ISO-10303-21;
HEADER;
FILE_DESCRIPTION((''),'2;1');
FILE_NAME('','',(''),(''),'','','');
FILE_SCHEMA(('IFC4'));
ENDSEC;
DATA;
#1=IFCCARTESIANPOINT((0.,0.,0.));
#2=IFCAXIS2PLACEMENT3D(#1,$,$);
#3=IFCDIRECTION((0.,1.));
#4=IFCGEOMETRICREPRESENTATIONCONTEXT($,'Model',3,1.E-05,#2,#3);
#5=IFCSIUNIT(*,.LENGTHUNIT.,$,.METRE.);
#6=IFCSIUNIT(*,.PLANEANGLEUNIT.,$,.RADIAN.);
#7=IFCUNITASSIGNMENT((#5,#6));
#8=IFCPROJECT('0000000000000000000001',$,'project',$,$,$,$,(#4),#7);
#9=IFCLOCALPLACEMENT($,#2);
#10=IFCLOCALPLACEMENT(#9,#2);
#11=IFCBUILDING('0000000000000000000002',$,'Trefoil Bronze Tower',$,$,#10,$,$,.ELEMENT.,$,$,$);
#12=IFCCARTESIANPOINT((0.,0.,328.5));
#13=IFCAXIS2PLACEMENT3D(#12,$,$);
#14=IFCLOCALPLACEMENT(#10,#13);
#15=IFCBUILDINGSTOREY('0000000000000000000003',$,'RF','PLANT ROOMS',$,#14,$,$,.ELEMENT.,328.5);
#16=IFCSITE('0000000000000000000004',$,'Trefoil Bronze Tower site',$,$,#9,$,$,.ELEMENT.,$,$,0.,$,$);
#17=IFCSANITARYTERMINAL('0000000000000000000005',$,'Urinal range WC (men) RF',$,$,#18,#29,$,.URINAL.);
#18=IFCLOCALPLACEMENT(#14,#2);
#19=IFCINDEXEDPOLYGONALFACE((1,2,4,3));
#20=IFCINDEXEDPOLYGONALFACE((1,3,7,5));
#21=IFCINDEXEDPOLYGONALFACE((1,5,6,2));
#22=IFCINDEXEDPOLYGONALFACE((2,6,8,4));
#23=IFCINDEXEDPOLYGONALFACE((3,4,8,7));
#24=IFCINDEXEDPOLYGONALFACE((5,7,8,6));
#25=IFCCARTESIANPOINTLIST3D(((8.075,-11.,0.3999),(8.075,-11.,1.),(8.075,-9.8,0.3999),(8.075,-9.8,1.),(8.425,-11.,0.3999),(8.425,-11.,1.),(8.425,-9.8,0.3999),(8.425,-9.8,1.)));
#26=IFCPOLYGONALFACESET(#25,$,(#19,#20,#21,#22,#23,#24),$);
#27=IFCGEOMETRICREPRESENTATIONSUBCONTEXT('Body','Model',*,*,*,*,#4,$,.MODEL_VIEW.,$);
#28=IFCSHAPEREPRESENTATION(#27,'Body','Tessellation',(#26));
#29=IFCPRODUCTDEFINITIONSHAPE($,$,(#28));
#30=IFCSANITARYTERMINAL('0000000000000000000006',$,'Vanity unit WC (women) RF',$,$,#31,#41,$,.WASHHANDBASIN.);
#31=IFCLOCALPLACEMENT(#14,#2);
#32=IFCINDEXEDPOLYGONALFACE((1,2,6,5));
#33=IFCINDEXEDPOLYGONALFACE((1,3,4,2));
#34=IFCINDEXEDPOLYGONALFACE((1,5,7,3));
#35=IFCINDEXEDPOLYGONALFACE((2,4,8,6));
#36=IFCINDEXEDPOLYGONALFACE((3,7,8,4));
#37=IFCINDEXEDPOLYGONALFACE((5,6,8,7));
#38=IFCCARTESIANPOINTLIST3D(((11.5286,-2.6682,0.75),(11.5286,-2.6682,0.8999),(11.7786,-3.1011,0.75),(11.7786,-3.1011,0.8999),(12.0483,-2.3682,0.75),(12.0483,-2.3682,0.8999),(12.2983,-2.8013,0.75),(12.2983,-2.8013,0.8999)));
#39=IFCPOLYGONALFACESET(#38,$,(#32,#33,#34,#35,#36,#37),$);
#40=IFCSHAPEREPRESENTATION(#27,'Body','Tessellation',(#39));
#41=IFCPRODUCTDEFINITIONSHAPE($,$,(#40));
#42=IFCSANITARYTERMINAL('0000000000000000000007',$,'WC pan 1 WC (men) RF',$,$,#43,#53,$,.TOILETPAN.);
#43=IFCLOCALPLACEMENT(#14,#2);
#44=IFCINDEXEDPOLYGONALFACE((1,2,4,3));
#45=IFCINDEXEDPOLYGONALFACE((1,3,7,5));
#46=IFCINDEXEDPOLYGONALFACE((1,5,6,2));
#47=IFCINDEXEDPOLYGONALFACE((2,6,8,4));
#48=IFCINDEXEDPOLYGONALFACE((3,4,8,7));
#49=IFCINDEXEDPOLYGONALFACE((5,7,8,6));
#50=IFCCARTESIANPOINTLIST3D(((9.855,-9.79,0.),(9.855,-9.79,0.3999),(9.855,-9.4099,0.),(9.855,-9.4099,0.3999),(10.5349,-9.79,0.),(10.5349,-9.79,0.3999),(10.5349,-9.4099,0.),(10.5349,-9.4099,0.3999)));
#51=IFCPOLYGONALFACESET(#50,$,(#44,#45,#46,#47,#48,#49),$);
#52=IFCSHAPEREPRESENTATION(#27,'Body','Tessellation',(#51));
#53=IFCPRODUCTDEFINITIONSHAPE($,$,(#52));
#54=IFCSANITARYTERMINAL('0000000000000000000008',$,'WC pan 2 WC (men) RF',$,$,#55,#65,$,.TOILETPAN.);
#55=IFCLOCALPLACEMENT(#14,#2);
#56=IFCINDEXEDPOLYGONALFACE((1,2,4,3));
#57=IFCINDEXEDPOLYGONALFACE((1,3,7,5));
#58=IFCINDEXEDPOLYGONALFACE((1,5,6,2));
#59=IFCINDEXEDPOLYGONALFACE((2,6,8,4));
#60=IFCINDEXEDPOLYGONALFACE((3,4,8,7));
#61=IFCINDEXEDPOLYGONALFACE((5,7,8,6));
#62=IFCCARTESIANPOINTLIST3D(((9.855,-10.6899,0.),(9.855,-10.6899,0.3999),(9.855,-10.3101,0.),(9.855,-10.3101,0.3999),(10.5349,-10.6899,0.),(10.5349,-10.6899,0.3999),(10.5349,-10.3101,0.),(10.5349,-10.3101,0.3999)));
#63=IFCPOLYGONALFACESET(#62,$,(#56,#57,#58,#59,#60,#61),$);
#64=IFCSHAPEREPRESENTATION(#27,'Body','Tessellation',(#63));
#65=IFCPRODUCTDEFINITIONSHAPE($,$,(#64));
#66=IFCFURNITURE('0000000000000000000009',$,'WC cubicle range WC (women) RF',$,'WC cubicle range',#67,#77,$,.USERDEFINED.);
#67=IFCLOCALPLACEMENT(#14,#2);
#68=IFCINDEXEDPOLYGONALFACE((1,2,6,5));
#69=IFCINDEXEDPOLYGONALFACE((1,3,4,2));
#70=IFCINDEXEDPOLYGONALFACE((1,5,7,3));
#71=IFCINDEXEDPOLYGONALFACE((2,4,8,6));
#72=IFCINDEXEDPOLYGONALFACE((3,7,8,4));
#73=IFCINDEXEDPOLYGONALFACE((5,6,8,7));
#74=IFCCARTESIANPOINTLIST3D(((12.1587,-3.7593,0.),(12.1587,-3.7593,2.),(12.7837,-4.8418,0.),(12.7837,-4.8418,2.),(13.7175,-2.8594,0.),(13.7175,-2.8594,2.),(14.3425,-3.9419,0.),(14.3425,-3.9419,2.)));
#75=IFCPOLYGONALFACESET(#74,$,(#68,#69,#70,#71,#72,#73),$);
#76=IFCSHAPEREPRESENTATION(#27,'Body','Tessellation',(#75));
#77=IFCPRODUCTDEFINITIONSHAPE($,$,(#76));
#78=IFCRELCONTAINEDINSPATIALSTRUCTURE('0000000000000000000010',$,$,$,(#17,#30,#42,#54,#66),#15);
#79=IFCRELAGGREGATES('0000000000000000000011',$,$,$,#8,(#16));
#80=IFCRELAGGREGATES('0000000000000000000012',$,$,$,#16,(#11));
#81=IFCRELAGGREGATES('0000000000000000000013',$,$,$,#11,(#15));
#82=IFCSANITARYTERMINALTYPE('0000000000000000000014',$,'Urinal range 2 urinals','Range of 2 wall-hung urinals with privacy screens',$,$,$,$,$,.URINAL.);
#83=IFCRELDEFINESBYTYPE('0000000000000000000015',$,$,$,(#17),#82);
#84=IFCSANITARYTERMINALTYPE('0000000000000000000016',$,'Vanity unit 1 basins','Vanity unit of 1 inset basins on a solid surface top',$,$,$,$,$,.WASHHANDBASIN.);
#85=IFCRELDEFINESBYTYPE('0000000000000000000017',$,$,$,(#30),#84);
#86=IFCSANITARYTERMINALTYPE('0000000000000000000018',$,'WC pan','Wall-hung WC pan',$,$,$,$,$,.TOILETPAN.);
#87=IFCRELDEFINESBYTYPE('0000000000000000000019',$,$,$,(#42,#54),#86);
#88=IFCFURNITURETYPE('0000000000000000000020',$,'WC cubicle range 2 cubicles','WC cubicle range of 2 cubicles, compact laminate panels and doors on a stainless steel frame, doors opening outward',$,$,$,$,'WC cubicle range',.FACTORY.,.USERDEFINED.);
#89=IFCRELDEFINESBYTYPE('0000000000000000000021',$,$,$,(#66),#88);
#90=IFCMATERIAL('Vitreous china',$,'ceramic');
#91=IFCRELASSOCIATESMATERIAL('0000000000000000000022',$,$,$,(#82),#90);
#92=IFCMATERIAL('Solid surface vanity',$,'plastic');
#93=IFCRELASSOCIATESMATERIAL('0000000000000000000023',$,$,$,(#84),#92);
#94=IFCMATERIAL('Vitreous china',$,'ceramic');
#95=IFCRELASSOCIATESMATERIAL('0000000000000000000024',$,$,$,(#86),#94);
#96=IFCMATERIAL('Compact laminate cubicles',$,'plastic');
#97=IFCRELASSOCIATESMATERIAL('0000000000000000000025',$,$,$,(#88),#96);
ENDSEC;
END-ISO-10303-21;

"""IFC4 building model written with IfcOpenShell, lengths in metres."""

from ifc_helpers import new_model, si_unit, direction, frame, origin, place, context, subcontext, project, spatial, polyline, outline, extrude, material, type_object, element, save


model = new_model("IFC4")

# Units and contexts
model_context = context("Model", 3, precision=1e-05, world=origin(), true_north=direction((0.0, 1.0)))
body_context = subcontext(model_context, "Body", "Model", "MODEL_VIEW")
ifc_project = project(units=[si_unit("LENGTHUNIT", "METRE"), si_unit("PLANEANGLEUNIT", "RADIAN")], contexts=[model_context])

# Site, building, storey
site_placement = place(None, origin())
site = spatial("IfcSite", under=ifc_project, at=site_placement, Name="Trefoil Bronze Tower site", CompositionType="ELEMENT", RefElevation=0.0)
building_placement = place(site_placement, origin())
building = spatial("IfcBuilding", under=site, at=building_placement, Name="Trefoil Bronze Tower", CompositionType="ELEMENT")
storey_placement = place(building_placement, frame((0.0, 0.0, 328.5)))
storey = spatial("IfcBuildingStorey", under=building, at=storey_placement, Name="RF", Description="PLANT ROOMS", CompositionType="ELEMENT", Elevation=328.5)

# Sanitary terminals
ifc_material_1 = material(Name="Vitreous china", Category="ceramic")
sanitary_terminal_type_1 = type_object("IfcSanitaryTerminalType", Name="Urinal range 2 urinals", Description="Range of 2 wall-hung urinals with privacy screens", PredefinedType="URINAL", material=ifc_material_1)
sanitary_terminal_1_placement = place(storey_placement, frame((0.0, 0.0, 0.3999)))
element("IfcSanitaryTerminal", 1, at=sanitary_terminal_1_placement, inside=storey, type_object=sanitary_terminal_type_1, Name="Urinal range WC (men) RF", PredefinedType="URINAL", context=body_context, shape_type="SweptSolid", body=[
    extrude(outline(polyline([(8.075, -9.8), (8.425, -9.8), (8.425, -11.0), (8.075, -11.0), (8.075, -9.8)])), origin(), (0.0, 0.0, 1.0), 0.6001),
])
ifc_material_2 = material(Name="Solid surface vanity", Category="plastic")
sanitary_terminal_type_2 = type_object("IfcSanitaryTerminalType", Name="Vanity unit 1 basins", Description="Vanity unit of 1 inset basins on a solid surface top", PredefinedType="WASHHANDBASIN", material=ifc_material_2)
sanitary_terminal_2_placement = place(storey_placement, frame((0.0, 0.0, 0.75)))
element("IfcSanitaryTerminal", 2, at=sanitary_terminal_2_placement, inside=storey, type_object=sanitary_terminal_type_2, Name="Vanity unit WC (women) RF", PredefinedType="WASHHANDBASIN", context=body_context, shape_type="SweptSolid", body=[
    extrude(outline(polyline([(11.5286, -2.6682), (11.7786, -3.1011), (12.2983, -2.8013), (12.0483, -2.3682), (11.5286, -2.6682)])), origin(), (0.0, 0.0, 1.0), 0.1499),
])
ifc_material_3 = material(Name="Vitreous china", Category="ceramic")
sanitary_terminal_type_3 = type_object("IfcSanitaryTerminalType", Name="WC pan", Description="Wall-hung WC pan", PredefinedType="TOILETPAN", material=ifc_material_3)
sanitary_terminal_3_placement = place(storey_placement, origin())
element("IfcSanitaryTerminal", 3, at=sanitary_terminal_3_placement, inside=storey, type_object=sanitary_terminal_type_3, Name="WC pan 1 WC (men) RF", PredefinedType="TOILETPAN", context=body_context, shape_type="SweptSolid", body=[
    extrude(outline(polyline([(9.855, -9.4099), (10.5349, -9.4099), (10.5349, -9.79), (9.855, -9.79), (9.855, -9.4099)])), origin(), (0.0, 0.0, 1.0), 0.3999),
])
sanitary_terminal_4_placement = place(storey_placement, origin())
element("IfcSanitaryTerminal", 4, at=sanitary_terminal_4_placement, inside=storey, type_object=sanitary_terminal_type_3, Name="WC pan 2 WC (men) RF", PredefinedType="TOILETPAN", context=body_context, shape_type="SweptSolid", body=[
    extrude(outline(polyline([(9.855, -10.3101), (10.5349, -10.3101), (10.5349, -10.6899), (9.855, -10.6899), (9.855, -10.3101)])), origin(), (0.0, 0.0, 1.0), 0.3999),
])

# Furniture
ifc_material_4 = material(Name="Compact laminate cubicles", Category="plastic")
furniture_type = type_object("IfcFurnitureType", Name="WC cubicle range 2 cubicles", Description="WC cubicle range of 2 cubicles, compact laminate panels and doors on a stainless steel frame, doors opening outward", ElementType="WC cubicle range", AssemblyPlace="FACTORY", PredefinedType="USERDEFINED", material=ifc_material_4)
furniture_placement = place(storey_placement, origin())
element("IfcFurniture", 5, at=furniture_placement, inside=storey, type_object=furniture_type, Name="WC cubicle range WC (women) RF", ObjectType="WC cubicle range", PredefinedType="USERDEFINED", context=body_context, shape_type="SweptSolid", body=[
    extrude(outline(polyline([(12.1587, -3.7593), (12.7837, -4.8418), (14.3425, -3.9419), (13.7175, -2.8594), (12.1587, -3.7593)])), origin(), (0.0, 0.0, 1.0), 2.0),
])

save(model, "model.ifc")
